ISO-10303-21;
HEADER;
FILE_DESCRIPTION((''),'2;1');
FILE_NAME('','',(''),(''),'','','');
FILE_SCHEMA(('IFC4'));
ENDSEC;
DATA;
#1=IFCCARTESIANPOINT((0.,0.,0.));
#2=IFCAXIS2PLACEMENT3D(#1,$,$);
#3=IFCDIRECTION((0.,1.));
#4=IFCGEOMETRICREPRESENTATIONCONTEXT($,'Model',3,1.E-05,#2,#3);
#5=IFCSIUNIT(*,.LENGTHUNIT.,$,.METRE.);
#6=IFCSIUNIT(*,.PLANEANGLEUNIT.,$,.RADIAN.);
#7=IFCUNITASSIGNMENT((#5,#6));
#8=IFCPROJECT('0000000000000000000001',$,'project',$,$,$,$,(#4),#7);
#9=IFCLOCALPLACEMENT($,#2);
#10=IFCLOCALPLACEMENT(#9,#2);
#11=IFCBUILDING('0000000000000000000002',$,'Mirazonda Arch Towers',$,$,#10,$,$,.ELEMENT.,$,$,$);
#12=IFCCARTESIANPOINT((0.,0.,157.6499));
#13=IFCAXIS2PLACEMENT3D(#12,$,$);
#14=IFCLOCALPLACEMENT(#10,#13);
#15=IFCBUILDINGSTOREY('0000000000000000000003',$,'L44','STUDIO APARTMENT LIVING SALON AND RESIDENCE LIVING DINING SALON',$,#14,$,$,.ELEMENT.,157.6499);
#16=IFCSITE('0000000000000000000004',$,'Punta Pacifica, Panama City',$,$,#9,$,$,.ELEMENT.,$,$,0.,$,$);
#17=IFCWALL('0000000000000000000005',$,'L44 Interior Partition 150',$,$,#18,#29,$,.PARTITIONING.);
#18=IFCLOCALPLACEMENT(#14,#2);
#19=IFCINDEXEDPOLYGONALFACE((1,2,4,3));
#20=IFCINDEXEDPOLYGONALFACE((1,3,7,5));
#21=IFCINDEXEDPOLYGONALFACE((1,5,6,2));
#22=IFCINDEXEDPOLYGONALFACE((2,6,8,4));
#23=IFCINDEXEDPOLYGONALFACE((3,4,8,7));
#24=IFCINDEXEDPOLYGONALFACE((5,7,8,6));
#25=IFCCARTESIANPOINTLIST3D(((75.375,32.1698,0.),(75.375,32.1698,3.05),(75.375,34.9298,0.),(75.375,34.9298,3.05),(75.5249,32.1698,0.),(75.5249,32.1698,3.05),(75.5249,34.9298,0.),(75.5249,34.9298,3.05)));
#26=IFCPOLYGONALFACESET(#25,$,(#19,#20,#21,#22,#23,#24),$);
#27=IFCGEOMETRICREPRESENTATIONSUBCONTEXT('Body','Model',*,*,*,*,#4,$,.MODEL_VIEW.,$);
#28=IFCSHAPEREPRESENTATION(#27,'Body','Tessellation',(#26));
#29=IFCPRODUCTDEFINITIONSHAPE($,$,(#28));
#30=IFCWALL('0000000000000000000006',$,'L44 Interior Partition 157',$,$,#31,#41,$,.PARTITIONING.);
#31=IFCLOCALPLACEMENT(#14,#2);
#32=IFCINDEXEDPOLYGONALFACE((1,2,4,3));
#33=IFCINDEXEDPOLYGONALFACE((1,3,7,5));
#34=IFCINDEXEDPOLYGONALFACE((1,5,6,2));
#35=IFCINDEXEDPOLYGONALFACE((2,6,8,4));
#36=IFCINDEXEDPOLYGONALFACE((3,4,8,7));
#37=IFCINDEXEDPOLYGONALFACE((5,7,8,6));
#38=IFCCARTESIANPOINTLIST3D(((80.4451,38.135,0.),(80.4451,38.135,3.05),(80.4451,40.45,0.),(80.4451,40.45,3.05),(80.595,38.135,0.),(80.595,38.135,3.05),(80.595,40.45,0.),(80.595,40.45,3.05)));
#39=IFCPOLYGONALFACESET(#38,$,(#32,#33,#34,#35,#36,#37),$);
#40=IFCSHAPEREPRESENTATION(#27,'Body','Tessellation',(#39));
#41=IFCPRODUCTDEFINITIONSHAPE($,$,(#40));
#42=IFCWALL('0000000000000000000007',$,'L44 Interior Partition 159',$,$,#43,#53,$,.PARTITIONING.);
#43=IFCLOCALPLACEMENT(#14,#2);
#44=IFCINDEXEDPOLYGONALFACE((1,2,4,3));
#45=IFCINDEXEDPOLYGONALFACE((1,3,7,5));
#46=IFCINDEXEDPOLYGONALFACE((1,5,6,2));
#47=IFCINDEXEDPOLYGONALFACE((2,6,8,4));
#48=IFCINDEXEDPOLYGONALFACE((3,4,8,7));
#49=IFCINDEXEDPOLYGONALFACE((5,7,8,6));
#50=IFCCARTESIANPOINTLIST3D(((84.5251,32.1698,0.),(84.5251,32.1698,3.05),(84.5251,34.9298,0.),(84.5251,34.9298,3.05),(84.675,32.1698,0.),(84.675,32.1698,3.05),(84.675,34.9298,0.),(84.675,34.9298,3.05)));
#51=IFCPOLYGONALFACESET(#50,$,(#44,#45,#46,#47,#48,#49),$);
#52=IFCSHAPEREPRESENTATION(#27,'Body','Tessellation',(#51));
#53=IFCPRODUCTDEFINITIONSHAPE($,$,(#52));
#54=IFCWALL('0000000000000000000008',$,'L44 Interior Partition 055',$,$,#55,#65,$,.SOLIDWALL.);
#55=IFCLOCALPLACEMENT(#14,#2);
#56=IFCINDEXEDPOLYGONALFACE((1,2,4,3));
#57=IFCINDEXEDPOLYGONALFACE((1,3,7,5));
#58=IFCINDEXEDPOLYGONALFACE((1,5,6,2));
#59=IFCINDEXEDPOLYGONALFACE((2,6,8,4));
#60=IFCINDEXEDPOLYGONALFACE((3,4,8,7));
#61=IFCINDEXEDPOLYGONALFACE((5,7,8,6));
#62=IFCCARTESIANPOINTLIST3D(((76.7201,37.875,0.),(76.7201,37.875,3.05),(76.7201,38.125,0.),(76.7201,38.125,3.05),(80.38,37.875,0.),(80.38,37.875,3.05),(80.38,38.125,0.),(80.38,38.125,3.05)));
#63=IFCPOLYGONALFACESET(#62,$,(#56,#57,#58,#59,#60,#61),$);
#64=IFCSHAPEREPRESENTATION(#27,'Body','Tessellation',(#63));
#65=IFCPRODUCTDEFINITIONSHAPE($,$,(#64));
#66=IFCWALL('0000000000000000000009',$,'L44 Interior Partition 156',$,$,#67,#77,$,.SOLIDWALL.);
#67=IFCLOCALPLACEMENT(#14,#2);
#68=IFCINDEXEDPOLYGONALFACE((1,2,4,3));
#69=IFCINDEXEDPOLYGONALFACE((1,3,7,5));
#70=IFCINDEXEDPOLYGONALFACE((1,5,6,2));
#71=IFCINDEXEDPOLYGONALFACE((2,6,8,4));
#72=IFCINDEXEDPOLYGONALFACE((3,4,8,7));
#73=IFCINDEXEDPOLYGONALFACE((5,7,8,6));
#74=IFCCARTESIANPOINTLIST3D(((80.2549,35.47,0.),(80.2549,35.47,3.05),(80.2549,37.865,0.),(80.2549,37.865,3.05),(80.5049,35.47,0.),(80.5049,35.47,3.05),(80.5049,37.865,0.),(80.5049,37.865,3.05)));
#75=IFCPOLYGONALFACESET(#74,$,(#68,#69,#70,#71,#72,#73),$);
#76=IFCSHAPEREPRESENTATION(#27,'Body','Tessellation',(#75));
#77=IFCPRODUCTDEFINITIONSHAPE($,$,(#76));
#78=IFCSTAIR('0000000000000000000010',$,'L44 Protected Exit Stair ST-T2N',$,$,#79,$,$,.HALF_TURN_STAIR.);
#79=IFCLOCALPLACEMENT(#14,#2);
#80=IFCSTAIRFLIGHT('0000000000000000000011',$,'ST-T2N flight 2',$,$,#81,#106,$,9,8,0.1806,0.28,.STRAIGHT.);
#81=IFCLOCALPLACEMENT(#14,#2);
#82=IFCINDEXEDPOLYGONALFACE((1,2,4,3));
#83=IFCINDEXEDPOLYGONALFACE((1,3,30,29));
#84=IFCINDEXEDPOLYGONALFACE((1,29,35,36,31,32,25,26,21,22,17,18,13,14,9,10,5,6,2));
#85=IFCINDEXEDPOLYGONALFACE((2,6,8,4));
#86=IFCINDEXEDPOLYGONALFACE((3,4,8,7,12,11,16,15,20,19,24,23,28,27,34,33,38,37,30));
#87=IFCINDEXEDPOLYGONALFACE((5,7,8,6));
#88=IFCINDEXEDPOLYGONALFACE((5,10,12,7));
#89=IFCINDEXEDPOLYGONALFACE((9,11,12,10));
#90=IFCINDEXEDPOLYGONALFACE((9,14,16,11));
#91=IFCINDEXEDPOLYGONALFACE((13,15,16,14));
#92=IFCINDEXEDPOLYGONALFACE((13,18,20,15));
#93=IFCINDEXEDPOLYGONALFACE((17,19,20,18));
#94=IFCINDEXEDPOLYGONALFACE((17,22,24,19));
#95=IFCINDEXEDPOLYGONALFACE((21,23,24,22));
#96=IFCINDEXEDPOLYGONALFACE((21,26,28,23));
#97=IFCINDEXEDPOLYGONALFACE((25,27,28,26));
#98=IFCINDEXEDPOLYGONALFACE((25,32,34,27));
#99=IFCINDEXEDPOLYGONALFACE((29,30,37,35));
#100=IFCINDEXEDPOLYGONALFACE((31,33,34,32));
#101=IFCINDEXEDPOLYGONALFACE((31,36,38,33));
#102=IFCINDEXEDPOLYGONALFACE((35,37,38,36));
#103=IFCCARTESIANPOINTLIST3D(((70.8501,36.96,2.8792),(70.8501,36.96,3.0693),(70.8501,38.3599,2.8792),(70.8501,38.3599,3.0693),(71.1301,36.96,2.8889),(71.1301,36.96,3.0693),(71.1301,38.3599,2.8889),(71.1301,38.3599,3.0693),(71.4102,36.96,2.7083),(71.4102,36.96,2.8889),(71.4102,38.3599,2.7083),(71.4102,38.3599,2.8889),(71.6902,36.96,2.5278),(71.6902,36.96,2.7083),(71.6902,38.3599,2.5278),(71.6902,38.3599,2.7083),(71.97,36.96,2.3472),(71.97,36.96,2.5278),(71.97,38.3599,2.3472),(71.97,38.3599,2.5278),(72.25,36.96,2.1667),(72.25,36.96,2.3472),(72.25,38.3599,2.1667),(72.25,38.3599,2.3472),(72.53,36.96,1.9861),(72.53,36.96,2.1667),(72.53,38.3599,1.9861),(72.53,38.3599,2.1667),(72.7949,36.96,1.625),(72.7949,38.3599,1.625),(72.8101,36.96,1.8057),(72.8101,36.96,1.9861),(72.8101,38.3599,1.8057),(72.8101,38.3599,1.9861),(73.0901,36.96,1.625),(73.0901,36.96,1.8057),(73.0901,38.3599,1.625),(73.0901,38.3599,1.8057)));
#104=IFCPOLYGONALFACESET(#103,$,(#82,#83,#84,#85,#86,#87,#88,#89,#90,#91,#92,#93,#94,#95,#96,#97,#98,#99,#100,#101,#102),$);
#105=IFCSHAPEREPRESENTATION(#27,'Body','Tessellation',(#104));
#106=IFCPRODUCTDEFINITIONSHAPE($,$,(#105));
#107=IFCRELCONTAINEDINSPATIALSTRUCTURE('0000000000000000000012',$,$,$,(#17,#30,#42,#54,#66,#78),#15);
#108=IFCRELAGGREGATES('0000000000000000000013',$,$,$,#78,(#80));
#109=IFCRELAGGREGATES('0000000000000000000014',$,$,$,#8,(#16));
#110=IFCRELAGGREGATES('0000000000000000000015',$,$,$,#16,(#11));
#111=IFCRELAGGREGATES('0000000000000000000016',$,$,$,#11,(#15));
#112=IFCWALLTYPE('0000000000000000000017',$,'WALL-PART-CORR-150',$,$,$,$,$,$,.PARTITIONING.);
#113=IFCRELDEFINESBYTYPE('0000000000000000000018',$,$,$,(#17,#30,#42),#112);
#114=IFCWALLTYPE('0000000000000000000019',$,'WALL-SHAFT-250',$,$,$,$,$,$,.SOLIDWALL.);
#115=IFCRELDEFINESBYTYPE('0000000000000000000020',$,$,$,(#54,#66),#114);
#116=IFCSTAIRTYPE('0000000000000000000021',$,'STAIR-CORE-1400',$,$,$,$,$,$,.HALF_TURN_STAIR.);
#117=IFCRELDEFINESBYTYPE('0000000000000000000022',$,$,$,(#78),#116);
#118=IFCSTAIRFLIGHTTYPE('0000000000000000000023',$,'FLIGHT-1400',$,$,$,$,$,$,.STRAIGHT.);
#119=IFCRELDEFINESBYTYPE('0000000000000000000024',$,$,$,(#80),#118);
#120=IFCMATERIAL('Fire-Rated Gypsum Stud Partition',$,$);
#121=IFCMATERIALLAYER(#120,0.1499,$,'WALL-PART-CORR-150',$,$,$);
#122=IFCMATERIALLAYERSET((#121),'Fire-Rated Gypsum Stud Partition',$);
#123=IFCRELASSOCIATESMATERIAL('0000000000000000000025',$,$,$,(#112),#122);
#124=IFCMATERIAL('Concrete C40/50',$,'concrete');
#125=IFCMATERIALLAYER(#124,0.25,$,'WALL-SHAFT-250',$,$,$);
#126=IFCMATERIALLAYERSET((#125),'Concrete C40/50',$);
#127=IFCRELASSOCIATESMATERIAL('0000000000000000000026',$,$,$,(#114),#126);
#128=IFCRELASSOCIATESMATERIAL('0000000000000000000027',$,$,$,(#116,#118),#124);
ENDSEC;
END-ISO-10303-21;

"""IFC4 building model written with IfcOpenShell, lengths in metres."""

from ifc_helpers import new_model, si_unit, direction, frame, frame_2d, origin, place, context, subcontext, project, spatial, polyline, rectangle, outline, extrude, material, layer, layer_set, type_object, element, aggregate, save


model = new_model("IFC4")

# Units and contexts
model_context = context("Model", 3, precision=1e-05, world=origin(), true_north=direction((0.0, 1.0)))
body_context = subcontext(model_context, "Body", "Model", "MODEL_VIEW")
ifc_project = project(units=[si_unit("LENGTHUNIT", "METRE"), si_unit("PLANEANGLEUNIT", "RADIAN")], contexts=[model_context])

# Site, building, storey
site_placement = place(None, origin())
site = spatial("IfcSite", under=ifc_project, at=site_placement, Name="Punta Pacifica, Panama City", CompositionType="ELEMENT", RefElevation=0.0)
building_placement = place(site_placement, origin())
building = spatial("IfcBuilding", under=site, at=building_placement, Name="Mirazonda Arch Towers", CompositionType="ELEMENT")
storey_placement = place(building_placement, frame((0.0, 0.0, 157.6499)))
storey = spatial("IfcBuildingStorey", under=building, at=storey_placement, Name="L44", Description="STUDIO APARTMENT LIVING SALON AND RESIDENCE LIVING DINING SALON", CompositionType="ELEMENT", Elevation=157.6499)

# Shared definitions
ifc_material_1 = material(Name="Concrete C40/50", Category="concrete")

# Walls
ifc_material_2 = material(Name="Fire-Rated Gypsum Stud Partition")
ifc_layer_1 = layer(ifc_material_2, 0.1499, Name="WALL-PART-CORR-150")
ifc_layer_set_1 = layer_set([ifc_layer_1], Name="Fire-Rated Gypsum Stud Partition")
wall_type_1 = type_object("IfcWallType", Name="WALL-PART-CORR-150", PredefinedType="PARTITIONING", material=ifc_layer_set_1)
for number, where, z_axis, x_axis, name in (
    (1, (75.45, 32.1699, 0.0), (0.0, 0.0, 1.0), (0.0, 1.0, 0.0), "L44 Interior Partition 150"),
):
    element("IfcWall", number, at=place(storey_placement, frame(where, z_axis=z_axis, x_axis=x_axis)), inside=storey, type_object=wall_type_1, Name=name, PredefinedType="PARTITIONING", context=body_context, shape_type="SweptSolid", body=[
        extrude(rectangle(XDim=2.76, YDim=0.1499, at=frame_2d((1.3799, 0.0))), origin(), (0.0, 0.0, 1.0), 3.05),
    ])
wall_1_placement = place(storey_placement, frame((80.52, 38.135, 0.0), z_axis=(0.0, 0.0, 1.0), x_axis=(0.0, 1.0, 0.0)))
element("IfcWall", 2, at=wall_1_placement, inside=storey, type_object=wall_type_1, Name="L44 Interior Partition 157", PredefinedType="PARTITIONING", context=body_context, shape_type="SweptSolid", body=[
    extrude(rectangle(XDim=2.3149, YDim=0.1499, at=frame_2d((1.1575, 0.0))), origin(), (0.0, 0.0, 1.0), 3.05),
])
wall_2_placement = place(storey_placement, frame((84.6001, 32.1699, 0.0), z_axis=(0.0, 0.0, 1.0), x_axis=(0.0, 1.0, 0.0)))
element("IfcWall", 3, at=wall_2_placement, inside=storey, type_object=wall_type_1, Name="L44 Interior Partition 159", PredefinedType="PARTITIONING", context=body_context, shape_type="SweptSolid", body=[
    extrude(rectangle(XDim=2.76, YDim=0.1499, at=frame_2d((1.3799, 0.0))), origin(), (0.0, 0.0, 1.0), 3.05),
])
ifc_layer_2 = layer(ifc_material_1, 0.25, Name="WALL-SHAFT-250")
ifc_layer_set_2 = layer_set([ifc_layer_2], Name="Concrete C40/50")
wall_type_2 = type_object("IfcWallType", Name="WALL-SHAFT-250", PredefinedType="SOLIDWALL", material=ifc_layer_set_2)
wall_3_placement = place(storey_placement, frame((76.72, 38.0, 0.0), z_axis=(0.0, 0.0, 1.0), x_axis=(1.0, 0.0, 0.0)))
element("IfcWall", 4, at=wall_3_placement, inside=storey, type_object=wall_type_2, Name="L44 Interior Partition 055", PredefinedType="SOLIDWALL", context=body_context, shape_type="SweptSolid", body=[
    extrude(rectangle(XDim=3.6599, YDim=0.25, at=frame_2d((1.8301, 0.0))), origin(), (0.0, 0.0, 1.0), 3.05),
])
wall_4_placement = place(storey_placement, frame((80.3799, 35.47, 0.0), z_axis=(0.0, 0.0, 1.0), x_axis=(0.0, 1.0, 0.0)))
element("IfcWall", 5, at=wall_4_placement, inside=storey, type_object=wall_type_2, Name="L44 Interior Partition 156", PredefinedType="SOLIDWALL", context=body_context, shape_type="SweptSolid", body=[
    extrude(rectangle(XDim=2.395, YDim=0.25, at=frame_2d((1.1975, 0.0))), origin(), (0.0, 0.0, 1.0), 3.05),
])

# Stair, stair flight
stair_type = type_object("IfcStairType", Name="STAIR-CORE-1400", PredefinedType="HALF_TURN_STAIR", material=ifc_material_1)
stair_placement = place(storey_placement, origin())
stair = element("IfcStair", 6, at=stair_placement, inside=storey, type_object=stair_type, Name="L44 Protected Exit Stair ST-T2N", PredefinedType="HALF_TURN_STAIR")
stair_flight_type = type_object("IfcStairFlightType", Name="FLIGHT-1400", PredefinedType="STRAIGHT", material=ifc_material_1)
stair_flight_placement = place(storey_placement, frame((73.0901, 37.6599, 1.625), z_axis=(0.0, 0.0, 1.0), x_axis=(-1.0, 0.0, 0.0)))
stair_flight = element("IfcStairFlight", 7, at=stair_flight_placement, type_object=stair_flight_type, Name="ST-T2N flight 2", NumberOfRisers=9, NumberOfTreads=8, PredefinedType="STRAIGHT", RiserHeight=0.1806, TreadLength=0.28, context=body_context, shape_type="SweptSolid", body=[
    extrude(outline(polyline([(0.0, 0.0), (0.0, 0.1807), (0.28, 0.1807), (0.28, 0.3611), (0.5601, 0.3611), (0.5601, 0.5417), (0.8401, 0.5417), (0.8401, 0.7222), (1.1201, 0.7222), (1.1201, 0.9028), (1.3999, 0.9028), (1.3999, 1.0833), (1.6799, 1.0833), (1.6799, 1.2639), (1.96, 1.2639), (1.96, 1.4443), (2.24, 1.4443), (2.24, 1.625), (2.24, 1.2542), (0.2952, 0.0), (0.0, 0.0)])), frame((0.0, 0.7, 0.0), z_axis=(0.0, -1.0, 0.0), x_axis=(1.0, 0.0, 0.0)), (0.0, 0.0, 1.0), 1.3999),
])
aggregate(stair, [stair_flight])

save(model, "model.ifc")
